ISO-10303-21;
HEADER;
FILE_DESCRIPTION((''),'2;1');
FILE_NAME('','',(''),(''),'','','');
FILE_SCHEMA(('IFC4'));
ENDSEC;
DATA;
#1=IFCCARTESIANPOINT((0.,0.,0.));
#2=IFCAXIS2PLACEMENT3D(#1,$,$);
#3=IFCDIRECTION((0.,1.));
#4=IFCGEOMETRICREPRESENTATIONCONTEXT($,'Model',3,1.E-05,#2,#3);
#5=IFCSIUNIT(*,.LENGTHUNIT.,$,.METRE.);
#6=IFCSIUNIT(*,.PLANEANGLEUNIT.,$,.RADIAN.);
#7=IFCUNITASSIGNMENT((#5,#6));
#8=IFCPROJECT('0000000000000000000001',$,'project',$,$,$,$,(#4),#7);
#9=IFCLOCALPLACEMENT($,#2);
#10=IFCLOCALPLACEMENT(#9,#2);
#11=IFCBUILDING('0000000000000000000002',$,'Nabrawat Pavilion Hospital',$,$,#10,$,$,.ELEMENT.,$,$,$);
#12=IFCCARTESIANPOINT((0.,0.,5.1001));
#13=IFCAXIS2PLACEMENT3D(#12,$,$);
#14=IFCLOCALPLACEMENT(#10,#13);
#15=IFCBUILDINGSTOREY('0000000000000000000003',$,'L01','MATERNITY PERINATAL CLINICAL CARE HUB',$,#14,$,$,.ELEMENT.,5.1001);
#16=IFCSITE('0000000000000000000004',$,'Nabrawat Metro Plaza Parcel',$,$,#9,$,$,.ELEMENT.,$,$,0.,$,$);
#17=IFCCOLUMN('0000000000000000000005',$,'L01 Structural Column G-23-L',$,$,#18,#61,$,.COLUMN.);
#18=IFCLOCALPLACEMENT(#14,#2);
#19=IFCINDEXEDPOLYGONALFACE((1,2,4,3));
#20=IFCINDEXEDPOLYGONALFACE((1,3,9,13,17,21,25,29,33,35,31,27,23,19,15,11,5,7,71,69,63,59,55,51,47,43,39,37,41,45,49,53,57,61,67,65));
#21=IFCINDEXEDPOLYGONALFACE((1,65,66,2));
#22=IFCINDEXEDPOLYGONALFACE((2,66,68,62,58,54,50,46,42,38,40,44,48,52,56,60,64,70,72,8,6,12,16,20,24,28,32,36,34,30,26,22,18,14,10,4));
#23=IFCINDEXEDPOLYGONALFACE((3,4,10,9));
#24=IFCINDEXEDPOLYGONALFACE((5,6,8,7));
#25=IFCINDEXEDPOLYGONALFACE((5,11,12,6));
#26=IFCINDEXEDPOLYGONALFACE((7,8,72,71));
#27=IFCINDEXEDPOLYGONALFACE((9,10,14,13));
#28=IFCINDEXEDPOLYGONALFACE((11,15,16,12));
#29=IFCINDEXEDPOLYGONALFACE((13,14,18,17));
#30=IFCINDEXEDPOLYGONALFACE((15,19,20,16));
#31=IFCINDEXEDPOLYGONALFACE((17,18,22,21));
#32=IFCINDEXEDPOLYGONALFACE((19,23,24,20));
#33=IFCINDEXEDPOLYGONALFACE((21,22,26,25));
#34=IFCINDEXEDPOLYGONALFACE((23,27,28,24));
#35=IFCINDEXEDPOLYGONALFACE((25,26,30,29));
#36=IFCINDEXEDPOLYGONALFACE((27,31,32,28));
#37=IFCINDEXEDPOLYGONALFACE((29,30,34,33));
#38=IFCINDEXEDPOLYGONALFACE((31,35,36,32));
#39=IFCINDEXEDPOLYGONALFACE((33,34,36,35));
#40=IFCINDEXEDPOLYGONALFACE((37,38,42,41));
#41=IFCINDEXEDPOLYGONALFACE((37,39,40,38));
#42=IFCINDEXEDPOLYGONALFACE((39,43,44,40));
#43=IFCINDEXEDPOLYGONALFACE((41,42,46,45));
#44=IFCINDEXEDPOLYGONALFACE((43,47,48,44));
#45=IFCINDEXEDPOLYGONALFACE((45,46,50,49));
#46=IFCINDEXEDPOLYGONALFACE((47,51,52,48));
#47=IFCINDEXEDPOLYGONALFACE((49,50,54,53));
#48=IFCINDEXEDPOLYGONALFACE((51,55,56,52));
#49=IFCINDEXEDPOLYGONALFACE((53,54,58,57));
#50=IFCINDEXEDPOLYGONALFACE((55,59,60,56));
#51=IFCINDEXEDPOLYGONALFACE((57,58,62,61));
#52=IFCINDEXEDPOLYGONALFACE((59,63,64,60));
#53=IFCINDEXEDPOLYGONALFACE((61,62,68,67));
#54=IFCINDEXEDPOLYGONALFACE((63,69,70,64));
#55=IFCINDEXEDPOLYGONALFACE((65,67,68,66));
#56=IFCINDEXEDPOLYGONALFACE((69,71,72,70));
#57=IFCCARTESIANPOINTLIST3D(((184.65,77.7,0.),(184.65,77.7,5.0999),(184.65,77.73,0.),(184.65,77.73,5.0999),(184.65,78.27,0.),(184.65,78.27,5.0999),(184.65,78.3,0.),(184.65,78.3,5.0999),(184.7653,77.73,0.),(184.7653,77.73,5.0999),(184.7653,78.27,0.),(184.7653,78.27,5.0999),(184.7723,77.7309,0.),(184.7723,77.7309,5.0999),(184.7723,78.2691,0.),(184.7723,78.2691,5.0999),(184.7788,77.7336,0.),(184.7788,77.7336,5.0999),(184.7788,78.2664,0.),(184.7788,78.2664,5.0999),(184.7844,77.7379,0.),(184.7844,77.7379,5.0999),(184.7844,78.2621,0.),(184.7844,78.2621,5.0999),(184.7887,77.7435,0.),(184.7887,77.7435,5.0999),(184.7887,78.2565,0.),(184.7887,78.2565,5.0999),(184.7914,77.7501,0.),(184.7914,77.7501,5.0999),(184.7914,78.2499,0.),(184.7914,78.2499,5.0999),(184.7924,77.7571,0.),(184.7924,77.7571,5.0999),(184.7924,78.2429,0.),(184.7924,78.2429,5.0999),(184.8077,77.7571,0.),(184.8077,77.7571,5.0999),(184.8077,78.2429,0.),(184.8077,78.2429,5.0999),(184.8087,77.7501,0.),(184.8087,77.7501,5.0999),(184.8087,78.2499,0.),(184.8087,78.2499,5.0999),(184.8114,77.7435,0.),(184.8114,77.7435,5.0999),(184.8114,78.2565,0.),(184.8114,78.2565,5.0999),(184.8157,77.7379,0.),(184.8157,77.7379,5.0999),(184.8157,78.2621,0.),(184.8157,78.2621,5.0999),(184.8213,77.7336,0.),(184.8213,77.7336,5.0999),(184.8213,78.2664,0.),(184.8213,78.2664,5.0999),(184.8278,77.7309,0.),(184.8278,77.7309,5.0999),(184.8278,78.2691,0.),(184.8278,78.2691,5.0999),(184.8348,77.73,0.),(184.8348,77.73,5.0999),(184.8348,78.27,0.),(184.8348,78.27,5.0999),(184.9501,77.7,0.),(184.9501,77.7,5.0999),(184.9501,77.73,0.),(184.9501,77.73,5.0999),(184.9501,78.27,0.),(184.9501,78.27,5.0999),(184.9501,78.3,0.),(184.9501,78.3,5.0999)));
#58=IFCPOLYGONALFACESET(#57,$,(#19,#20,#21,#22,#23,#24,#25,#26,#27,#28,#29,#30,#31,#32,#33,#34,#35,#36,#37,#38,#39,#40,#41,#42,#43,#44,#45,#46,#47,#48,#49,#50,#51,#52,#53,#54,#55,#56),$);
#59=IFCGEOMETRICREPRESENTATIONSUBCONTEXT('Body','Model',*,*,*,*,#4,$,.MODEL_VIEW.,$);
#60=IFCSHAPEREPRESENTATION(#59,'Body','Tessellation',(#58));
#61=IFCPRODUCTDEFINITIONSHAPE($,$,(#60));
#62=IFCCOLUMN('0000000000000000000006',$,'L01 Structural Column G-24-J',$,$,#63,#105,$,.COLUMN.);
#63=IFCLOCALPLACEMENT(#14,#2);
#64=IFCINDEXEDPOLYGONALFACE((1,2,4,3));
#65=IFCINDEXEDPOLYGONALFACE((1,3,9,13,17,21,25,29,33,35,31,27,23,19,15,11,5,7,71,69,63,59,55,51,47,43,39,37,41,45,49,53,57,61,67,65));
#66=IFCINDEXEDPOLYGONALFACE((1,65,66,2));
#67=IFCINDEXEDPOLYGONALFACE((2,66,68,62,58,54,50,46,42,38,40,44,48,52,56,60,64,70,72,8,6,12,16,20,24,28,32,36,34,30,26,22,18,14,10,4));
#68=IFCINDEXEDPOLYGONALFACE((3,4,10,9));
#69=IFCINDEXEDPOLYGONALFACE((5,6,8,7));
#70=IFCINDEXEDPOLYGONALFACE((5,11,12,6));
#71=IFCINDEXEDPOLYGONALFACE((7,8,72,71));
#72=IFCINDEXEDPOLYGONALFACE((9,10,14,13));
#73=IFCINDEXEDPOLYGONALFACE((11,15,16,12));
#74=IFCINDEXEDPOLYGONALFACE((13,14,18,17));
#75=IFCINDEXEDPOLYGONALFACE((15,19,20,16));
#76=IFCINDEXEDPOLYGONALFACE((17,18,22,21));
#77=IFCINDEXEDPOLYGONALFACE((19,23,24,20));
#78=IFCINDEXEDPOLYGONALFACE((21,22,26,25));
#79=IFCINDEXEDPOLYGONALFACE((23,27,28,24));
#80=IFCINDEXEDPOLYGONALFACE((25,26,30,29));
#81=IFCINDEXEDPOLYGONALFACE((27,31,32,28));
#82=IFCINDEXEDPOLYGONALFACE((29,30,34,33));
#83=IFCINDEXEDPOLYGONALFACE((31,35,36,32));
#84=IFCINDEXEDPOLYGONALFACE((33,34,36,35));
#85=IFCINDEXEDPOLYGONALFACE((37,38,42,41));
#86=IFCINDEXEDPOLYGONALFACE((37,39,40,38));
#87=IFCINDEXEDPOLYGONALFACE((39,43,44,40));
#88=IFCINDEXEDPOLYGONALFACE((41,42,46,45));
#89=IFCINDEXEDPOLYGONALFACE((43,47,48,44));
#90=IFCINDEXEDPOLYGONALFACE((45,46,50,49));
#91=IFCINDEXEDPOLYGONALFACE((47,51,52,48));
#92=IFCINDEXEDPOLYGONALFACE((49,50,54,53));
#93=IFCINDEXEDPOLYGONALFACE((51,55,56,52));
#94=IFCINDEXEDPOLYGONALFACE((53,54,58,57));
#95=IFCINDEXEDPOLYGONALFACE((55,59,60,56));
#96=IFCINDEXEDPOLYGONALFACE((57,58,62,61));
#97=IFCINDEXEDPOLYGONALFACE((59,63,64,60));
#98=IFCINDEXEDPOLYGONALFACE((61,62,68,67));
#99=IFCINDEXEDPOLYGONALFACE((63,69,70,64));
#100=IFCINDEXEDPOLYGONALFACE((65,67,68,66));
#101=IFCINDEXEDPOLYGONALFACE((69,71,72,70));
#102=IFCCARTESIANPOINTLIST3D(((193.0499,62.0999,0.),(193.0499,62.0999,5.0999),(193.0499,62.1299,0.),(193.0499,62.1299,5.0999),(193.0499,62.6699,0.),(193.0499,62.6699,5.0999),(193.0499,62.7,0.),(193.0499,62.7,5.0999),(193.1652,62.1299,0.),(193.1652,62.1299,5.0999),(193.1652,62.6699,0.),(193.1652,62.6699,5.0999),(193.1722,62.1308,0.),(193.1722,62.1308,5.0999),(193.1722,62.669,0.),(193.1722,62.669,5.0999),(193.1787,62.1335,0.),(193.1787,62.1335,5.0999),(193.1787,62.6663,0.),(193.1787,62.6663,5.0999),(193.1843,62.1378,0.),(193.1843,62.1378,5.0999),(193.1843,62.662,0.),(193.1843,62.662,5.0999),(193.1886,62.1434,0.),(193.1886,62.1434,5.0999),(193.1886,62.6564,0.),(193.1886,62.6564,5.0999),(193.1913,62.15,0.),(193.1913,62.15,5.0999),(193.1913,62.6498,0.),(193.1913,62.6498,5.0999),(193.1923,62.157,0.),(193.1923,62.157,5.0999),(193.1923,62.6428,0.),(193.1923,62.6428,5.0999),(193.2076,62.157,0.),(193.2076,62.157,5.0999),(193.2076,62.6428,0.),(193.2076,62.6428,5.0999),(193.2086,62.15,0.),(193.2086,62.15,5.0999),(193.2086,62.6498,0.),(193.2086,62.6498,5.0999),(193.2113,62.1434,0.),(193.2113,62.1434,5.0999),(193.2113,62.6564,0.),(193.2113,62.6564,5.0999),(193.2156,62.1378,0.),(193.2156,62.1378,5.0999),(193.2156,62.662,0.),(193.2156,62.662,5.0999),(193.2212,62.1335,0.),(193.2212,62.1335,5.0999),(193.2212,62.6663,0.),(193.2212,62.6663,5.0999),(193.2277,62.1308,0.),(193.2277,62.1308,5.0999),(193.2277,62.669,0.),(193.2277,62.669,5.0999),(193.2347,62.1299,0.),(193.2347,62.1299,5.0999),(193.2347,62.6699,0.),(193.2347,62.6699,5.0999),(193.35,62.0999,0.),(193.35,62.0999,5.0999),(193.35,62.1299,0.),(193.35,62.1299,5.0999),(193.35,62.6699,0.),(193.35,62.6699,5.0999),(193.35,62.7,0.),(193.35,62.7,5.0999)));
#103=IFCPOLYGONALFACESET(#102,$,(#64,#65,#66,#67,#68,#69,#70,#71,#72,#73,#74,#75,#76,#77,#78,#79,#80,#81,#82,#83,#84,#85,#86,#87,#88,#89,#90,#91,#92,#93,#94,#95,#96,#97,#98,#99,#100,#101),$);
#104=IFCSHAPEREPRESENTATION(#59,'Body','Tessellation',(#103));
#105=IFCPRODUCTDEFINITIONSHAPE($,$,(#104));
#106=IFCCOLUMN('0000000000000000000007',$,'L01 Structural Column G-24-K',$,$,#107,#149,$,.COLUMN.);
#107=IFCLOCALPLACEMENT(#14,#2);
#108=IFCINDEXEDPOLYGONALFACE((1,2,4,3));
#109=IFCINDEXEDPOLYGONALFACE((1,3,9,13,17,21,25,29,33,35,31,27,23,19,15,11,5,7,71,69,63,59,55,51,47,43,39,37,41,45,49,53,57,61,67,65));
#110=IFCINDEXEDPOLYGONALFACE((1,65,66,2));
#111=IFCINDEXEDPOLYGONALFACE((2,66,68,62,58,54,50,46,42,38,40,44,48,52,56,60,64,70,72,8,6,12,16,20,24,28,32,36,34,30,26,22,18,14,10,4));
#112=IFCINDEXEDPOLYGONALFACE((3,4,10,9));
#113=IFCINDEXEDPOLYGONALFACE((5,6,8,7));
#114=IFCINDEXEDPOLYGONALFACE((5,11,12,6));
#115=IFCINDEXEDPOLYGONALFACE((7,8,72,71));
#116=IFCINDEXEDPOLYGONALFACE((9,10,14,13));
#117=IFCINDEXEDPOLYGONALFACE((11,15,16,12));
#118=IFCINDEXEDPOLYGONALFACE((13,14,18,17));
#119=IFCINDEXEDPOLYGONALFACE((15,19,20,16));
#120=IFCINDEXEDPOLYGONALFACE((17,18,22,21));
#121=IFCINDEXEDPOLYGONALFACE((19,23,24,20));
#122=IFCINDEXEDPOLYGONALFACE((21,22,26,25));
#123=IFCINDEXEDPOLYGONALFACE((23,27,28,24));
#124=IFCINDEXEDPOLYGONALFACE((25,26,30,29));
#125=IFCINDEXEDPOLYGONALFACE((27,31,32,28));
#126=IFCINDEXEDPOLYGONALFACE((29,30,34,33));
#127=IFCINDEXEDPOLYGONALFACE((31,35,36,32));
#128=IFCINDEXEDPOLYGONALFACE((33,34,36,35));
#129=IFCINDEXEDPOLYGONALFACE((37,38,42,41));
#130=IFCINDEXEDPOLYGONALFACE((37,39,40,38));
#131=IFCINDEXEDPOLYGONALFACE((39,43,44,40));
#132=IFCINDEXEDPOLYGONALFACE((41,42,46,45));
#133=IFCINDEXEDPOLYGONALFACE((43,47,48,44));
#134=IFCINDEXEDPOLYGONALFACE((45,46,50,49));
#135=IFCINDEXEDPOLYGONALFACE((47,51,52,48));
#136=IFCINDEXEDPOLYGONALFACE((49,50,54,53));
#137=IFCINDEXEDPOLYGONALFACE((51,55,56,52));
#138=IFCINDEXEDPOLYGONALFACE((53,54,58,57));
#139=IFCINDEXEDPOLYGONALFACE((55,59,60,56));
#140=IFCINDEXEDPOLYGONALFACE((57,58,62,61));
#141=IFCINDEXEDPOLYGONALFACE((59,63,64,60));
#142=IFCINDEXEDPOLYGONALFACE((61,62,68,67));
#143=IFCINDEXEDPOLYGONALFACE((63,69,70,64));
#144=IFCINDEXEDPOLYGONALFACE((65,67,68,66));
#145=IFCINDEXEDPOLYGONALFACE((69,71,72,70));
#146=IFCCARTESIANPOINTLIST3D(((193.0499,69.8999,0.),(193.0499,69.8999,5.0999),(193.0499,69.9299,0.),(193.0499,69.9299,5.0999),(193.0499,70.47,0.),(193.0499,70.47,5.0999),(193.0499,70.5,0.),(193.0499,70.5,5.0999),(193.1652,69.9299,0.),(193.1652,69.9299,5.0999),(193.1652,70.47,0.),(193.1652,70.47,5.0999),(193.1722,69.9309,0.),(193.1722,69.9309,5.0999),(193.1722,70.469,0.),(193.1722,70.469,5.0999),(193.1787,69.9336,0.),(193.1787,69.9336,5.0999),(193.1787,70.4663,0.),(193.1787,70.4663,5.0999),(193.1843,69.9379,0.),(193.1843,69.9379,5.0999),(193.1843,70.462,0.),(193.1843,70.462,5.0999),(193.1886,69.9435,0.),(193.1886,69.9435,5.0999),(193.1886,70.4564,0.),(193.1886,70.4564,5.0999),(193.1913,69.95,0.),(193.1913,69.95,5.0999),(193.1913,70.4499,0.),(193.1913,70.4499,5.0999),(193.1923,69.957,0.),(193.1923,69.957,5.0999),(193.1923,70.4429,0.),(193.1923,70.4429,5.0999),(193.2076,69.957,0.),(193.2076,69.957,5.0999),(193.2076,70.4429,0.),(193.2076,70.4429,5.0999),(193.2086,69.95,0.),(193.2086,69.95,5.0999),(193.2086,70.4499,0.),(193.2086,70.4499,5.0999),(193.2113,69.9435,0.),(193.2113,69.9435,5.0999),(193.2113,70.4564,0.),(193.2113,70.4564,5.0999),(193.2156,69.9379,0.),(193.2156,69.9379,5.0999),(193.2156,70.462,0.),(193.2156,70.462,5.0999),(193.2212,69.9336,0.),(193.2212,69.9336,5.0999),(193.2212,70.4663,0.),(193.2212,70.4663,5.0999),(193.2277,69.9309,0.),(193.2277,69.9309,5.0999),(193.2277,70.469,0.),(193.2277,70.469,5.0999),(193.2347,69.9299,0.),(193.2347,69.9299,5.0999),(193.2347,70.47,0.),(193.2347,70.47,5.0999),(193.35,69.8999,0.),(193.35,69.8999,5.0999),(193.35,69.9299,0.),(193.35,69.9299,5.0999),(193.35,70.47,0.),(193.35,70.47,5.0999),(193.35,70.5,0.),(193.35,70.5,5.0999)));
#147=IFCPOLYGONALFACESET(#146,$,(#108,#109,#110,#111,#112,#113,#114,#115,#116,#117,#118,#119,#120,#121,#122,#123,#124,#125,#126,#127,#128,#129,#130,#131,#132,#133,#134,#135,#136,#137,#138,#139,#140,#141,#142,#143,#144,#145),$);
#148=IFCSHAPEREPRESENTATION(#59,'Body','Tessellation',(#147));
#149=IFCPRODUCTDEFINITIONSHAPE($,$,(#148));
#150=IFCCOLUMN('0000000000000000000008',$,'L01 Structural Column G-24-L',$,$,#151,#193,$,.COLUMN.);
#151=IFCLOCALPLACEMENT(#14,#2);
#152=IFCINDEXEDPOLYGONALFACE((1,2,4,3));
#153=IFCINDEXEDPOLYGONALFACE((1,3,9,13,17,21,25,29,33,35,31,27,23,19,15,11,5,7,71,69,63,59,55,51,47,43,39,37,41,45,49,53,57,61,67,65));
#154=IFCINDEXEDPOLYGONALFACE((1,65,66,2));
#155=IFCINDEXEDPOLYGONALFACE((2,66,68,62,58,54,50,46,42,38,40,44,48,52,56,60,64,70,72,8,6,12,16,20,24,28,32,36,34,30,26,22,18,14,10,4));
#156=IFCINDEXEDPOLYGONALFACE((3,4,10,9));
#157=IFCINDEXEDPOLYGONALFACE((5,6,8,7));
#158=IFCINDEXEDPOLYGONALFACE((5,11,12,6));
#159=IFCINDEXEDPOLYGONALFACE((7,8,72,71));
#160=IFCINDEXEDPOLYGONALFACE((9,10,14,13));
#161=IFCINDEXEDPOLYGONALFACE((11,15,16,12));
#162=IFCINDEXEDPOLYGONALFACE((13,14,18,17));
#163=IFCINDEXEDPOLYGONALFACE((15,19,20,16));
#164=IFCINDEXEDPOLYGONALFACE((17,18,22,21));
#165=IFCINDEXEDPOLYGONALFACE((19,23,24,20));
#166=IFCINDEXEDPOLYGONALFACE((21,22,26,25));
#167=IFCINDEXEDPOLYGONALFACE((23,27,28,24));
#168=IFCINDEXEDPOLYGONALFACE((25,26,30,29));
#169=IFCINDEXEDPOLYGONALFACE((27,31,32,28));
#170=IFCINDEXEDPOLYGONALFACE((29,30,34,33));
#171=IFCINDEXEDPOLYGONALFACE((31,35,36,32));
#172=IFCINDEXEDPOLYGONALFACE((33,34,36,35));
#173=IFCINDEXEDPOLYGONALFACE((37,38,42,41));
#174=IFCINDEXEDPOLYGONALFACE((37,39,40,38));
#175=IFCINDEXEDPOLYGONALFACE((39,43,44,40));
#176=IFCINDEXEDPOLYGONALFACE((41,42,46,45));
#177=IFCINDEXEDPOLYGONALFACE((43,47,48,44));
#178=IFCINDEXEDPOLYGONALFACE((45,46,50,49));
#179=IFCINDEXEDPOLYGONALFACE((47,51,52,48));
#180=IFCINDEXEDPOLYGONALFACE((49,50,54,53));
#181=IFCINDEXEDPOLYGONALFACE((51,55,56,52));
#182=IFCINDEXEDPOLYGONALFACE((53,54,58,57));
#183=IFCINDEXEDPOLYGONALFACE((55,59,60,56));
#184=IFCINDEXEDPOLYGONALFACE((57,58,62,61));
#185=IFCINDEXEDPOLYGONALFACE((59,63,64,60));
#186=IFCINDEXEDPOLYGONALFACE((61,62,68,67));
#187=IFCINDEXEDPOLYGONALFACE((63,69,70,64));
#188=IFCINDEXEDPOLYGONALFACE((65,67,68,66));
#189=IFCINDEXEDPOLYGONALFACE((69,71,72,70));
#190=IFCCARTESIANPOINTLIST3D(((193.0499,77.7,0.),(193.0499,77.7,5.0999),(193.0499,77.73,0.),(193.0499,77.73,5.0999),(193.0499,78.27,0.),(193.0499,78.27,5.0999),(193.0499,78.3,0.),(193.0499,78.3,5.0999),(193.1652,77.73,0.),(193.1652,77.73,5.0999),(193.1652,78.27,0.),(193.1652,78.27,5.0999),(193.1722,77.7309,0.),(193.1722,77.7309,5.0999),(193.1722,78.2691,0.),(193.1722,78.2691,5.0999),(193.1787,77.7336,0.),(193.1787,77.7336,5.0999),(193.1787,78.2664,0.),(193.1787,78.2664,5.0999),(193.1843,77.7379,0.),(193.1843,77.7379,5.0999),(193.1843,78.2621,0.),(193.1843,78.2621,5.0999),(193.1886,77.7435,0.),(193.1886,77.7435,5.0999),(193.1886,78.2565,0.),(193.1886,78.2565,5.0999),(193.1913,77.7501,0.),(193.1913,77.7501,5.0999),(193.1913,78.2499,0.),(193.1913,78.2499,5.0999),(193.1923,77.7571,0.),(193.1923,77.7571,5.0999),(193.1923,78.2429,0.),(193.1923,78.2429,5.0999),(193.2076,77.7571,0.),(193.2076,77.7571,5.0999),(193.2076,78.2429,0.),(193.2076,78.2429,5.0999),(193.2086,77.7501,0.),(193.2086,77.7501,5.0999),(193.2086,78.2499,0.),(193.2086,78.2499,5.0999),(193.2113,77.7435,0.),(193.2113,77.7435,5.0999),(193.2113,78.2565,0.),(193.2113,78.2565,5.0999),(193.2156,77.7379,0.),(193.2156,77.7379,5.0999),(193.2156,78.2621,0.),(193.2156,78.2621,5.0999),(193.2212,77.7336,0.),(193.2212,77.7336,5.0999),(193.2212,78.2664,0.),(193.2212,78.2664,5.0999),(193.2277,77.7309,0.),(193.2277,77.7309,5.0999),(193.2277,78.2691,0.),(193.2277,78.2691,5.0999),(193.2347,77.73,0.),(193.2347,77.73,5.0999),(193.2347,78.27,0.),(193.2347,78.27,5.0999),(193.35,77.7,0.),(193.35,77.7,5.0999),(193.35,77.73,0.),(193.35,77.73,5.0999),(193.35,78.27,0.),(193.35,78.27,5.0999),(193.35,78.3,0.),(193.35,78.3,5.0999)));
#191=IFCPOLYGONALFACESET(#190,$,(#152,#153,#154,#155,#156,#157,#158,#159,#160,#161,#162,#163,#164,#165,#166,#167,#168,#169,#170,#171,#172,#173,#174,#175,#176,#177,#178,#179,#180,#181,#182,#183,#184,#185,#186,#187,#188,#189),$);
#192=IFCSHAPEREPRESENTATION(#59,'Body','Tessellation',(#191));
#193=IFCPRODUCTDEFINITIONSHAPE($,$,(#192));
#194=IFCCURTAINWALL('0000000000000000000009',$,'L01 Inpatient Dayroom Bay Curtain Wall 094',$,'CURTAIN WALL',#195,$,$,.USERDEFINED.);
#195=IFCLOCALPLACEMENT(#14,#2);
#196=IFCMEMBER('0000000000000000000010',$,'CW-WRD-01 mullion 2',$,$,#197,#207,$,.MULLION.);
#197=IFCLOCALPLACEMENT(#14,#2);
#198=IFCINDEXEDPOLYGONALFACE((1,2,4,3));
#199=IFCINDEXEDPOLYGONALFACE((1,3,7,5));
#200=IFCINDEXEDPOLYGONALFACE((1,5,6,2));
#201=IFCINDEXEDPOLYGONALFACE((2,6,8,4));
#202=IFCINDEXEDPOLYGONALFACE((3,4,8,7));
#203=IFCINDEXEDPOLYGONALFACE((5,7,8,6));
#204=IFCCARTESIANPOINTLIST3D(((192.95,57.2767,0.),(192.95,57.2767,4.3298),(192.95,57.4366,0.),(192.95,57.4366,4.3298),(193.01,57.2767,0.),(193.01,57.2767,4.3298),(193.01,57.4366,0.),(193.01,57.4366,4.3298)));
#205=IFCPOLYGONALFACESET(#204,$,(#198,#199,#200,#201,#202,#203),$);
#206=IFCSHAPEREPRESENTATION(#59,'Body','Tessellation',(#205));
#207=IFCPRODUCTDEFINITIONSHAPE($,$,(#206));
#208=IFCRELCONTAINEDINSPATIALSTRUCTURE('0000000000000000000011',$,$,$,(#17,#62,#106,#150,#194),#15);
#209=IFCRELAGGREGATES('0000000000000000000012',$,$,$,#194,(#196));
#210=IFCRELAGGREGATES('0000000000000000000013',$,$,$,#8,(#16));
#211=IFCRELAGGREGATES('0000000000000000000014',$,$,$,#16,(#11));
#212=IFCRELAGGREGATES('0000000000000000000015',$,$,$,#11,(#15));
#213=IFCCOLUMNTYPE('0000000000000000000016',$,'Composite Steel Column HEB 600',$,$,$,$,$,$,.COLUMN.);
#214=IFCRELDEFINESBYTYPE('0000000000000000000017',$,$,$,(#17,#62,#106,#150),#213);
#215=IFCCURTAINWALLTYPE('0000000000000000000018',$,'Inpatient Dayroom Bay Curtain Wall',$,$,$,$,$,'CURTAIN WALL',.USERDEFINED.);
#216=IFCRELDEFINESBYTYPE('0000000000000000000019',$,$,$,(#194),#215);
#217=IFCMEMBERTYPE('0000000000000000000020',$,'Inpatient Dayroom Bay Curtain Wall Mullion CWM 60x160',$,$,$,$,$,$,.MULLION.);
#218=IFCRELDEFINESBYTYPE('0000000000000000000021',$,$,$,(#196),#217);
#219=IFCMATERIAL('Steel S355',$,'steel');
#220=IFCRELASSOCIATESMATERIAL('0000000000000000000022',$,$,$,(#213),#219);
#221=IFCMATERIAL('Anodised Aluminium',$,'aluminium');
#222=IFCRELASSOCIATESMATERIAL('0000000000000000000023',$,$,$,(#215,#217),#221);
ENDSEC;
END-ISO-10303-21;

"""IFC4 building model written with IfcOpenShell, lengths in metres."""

from ifc_helpers import new_model, si_unit, direction, frame, origin, origin_2d, place, context, subcontext, project, spatial, rectangle, i_section, extrude, material, material_profile, profile_set, type_object, element, aggregate, save


model = new_model("IFC4")

# Units and contexts
model_context = context("Model", 3, precision=1e-05, world=origin(), true_north=direction((0.0, 1.0)))
body_context = subcontext(model_context, "Body", "Model", "MODEL_VIEW")
ifc_project = project(units=[si_unit("LENGTHUNIT", "METRE"), si_unit("PLANEANGLEUNIT", "RADIAN")], contexts=[model_context])

# Site, building, storey
site_placement = place(None, origin())
site = spatial("IfcSite", under=ifc_project, at=site_placement, Name="Nabrawat Metro Plaza Parcel", CompositionType="ELEMENT", RefElevation=0.0)
building_placement = place(site_placement, origin())
building = spatial("IfcBuilding", under=site, at=building_placement, Name="Nabrawat Pavilion Hospital", CompositionType="ELEMENT")
storey_placement = place(building_placement, frame((0.0, 0.0, 5.1001)))
storey = spatial("IfcBuildingStorey", under=building, at=storey_placement, Name="L01", Description="MATERNITY PERINATAL CLINICAL CARE HUB", CompositionType="ELEMENT", Elevation=5.1001)

# Columns
ifc_material_1 = material(Name="Steel S355", Category="steel")
ifc_material_profile_1 = material_profile(ifc_material_1, i_section(OverallWidth=0.3, OverallDepth=0.6001, WebThickness=0.0154, FlangeThickness=0.03, FilletRadius=0.0271, at=origin_2d()), Name="HEB 600")
ifc_profile_set_1 = profile_set([ifc_material_profile_1], Name="Steel S355")
column_type = type_object("IfcColumnType", Name="Composite Steel Column HEB 600", PredefinedType="COLUMN", material=ifc_profile_set_1)
for number, where, z_axis, x_axis, name in (
    (1, (184.8, 78.0, 0.0), (0.0, 0.0, 1.0), (1.0, 0.0, 0.0), "L01 Structural Column G-23-L"),
    (2, (193.2, 62.3999, 0.0), (0.0, 0.0, 1.0), (1.0, 0.0, 0.0), "L01 Structural Column G-24-J"),
    (3, (193.2, 70.2, 0.0), (0.0, 0.0, 1.0), (1.0, 0.0, 0.0), "L01 Structural Column G-24-K"),
    (4, (193.2, 78.0, 0.0), (0.0, 0.0, 1.0), (1.0, 0.0, 0.0), "L01 Structural Column G-24-L"),
):
    element("IfcColumn", number, at=place(storey_placement, frame(where, z_axis=z_axis, x_axis=x_axis)), inside=storey, type_object=column_type, Name=name, PredefinedType="COLUMN", context=body_context, shape_type="SweptSolid", body=[
        extrude(i_section(OverallWidth=0.3, OverallDepth=0.6001, WebThickness=0.0154, FlangeThickness=0.03, FilletRadius=0.0271, at=origin_2d()), origin(), (0.0, 0.0, 1.0), 5.0999),
    ])

# Curtain wall, member
ifc_material_2 = material(Name="Anodised Aluminium", Category="aluminium")
curtain_wall_type = type_object("IfcCurtainWallType", Name="Inpatient Dayroom Bay Curtain Wall", ElementType="CURTAIN WALL", PredefinedType="USERDEFINED", material=ifc_material_2)
curtain_wall_placement = place(storey_placement, origin())
curtain_wall = element("IfcCurtainWall", 5, at=curtain_wall_placement, inside=storey, type_object=curtain_wall_type, Name="L01 Inpatient Dayroom Bay Curtain Wall 094", ObjectType="CURTAIN WALL", PredefinedType="USERDEFINED")
ifc_material_profile_2 = material_profile(ifc_material_2, rectangle(XDim=0.0601, YDim=0.1599, at=origin_2d()), Name="CWM 60x160")
ifc_profile_set_2 = profile_set([ifc_material_profile_2], Name="Anodised Aluminium")
member_type_1 = type_object("IfcMemberType", Name="Inpatient Dayroom Bay Curtain Wall Mullion CWM 60x160", PredefinedType="MULLION", material=ifc_profile_set_2)
member_1_placement = place(storey_placement, frame((192.98, 57.3567, 0.0), z_axis=(0.0, 0.0, 1.0), x_axis=(-1.0, 0.0, 0.0)))
member_1 = element("IfcMember", 6, at=member_1_placement, type_object=member_type_1, Name="CW-WRD-01 mullion 2", PredefinedType="MULLION", context=body_context, shape_type="SweptSolid", body=[
    extrude(rectangle(XDim=0.0601, YDim=0.1599, at=origin_2d()), origin(), (0.0, 0.0, 1.0), 4.3298),
])

aggregate(curtain_wall, [member_1])

save(model, "model.ifc")
